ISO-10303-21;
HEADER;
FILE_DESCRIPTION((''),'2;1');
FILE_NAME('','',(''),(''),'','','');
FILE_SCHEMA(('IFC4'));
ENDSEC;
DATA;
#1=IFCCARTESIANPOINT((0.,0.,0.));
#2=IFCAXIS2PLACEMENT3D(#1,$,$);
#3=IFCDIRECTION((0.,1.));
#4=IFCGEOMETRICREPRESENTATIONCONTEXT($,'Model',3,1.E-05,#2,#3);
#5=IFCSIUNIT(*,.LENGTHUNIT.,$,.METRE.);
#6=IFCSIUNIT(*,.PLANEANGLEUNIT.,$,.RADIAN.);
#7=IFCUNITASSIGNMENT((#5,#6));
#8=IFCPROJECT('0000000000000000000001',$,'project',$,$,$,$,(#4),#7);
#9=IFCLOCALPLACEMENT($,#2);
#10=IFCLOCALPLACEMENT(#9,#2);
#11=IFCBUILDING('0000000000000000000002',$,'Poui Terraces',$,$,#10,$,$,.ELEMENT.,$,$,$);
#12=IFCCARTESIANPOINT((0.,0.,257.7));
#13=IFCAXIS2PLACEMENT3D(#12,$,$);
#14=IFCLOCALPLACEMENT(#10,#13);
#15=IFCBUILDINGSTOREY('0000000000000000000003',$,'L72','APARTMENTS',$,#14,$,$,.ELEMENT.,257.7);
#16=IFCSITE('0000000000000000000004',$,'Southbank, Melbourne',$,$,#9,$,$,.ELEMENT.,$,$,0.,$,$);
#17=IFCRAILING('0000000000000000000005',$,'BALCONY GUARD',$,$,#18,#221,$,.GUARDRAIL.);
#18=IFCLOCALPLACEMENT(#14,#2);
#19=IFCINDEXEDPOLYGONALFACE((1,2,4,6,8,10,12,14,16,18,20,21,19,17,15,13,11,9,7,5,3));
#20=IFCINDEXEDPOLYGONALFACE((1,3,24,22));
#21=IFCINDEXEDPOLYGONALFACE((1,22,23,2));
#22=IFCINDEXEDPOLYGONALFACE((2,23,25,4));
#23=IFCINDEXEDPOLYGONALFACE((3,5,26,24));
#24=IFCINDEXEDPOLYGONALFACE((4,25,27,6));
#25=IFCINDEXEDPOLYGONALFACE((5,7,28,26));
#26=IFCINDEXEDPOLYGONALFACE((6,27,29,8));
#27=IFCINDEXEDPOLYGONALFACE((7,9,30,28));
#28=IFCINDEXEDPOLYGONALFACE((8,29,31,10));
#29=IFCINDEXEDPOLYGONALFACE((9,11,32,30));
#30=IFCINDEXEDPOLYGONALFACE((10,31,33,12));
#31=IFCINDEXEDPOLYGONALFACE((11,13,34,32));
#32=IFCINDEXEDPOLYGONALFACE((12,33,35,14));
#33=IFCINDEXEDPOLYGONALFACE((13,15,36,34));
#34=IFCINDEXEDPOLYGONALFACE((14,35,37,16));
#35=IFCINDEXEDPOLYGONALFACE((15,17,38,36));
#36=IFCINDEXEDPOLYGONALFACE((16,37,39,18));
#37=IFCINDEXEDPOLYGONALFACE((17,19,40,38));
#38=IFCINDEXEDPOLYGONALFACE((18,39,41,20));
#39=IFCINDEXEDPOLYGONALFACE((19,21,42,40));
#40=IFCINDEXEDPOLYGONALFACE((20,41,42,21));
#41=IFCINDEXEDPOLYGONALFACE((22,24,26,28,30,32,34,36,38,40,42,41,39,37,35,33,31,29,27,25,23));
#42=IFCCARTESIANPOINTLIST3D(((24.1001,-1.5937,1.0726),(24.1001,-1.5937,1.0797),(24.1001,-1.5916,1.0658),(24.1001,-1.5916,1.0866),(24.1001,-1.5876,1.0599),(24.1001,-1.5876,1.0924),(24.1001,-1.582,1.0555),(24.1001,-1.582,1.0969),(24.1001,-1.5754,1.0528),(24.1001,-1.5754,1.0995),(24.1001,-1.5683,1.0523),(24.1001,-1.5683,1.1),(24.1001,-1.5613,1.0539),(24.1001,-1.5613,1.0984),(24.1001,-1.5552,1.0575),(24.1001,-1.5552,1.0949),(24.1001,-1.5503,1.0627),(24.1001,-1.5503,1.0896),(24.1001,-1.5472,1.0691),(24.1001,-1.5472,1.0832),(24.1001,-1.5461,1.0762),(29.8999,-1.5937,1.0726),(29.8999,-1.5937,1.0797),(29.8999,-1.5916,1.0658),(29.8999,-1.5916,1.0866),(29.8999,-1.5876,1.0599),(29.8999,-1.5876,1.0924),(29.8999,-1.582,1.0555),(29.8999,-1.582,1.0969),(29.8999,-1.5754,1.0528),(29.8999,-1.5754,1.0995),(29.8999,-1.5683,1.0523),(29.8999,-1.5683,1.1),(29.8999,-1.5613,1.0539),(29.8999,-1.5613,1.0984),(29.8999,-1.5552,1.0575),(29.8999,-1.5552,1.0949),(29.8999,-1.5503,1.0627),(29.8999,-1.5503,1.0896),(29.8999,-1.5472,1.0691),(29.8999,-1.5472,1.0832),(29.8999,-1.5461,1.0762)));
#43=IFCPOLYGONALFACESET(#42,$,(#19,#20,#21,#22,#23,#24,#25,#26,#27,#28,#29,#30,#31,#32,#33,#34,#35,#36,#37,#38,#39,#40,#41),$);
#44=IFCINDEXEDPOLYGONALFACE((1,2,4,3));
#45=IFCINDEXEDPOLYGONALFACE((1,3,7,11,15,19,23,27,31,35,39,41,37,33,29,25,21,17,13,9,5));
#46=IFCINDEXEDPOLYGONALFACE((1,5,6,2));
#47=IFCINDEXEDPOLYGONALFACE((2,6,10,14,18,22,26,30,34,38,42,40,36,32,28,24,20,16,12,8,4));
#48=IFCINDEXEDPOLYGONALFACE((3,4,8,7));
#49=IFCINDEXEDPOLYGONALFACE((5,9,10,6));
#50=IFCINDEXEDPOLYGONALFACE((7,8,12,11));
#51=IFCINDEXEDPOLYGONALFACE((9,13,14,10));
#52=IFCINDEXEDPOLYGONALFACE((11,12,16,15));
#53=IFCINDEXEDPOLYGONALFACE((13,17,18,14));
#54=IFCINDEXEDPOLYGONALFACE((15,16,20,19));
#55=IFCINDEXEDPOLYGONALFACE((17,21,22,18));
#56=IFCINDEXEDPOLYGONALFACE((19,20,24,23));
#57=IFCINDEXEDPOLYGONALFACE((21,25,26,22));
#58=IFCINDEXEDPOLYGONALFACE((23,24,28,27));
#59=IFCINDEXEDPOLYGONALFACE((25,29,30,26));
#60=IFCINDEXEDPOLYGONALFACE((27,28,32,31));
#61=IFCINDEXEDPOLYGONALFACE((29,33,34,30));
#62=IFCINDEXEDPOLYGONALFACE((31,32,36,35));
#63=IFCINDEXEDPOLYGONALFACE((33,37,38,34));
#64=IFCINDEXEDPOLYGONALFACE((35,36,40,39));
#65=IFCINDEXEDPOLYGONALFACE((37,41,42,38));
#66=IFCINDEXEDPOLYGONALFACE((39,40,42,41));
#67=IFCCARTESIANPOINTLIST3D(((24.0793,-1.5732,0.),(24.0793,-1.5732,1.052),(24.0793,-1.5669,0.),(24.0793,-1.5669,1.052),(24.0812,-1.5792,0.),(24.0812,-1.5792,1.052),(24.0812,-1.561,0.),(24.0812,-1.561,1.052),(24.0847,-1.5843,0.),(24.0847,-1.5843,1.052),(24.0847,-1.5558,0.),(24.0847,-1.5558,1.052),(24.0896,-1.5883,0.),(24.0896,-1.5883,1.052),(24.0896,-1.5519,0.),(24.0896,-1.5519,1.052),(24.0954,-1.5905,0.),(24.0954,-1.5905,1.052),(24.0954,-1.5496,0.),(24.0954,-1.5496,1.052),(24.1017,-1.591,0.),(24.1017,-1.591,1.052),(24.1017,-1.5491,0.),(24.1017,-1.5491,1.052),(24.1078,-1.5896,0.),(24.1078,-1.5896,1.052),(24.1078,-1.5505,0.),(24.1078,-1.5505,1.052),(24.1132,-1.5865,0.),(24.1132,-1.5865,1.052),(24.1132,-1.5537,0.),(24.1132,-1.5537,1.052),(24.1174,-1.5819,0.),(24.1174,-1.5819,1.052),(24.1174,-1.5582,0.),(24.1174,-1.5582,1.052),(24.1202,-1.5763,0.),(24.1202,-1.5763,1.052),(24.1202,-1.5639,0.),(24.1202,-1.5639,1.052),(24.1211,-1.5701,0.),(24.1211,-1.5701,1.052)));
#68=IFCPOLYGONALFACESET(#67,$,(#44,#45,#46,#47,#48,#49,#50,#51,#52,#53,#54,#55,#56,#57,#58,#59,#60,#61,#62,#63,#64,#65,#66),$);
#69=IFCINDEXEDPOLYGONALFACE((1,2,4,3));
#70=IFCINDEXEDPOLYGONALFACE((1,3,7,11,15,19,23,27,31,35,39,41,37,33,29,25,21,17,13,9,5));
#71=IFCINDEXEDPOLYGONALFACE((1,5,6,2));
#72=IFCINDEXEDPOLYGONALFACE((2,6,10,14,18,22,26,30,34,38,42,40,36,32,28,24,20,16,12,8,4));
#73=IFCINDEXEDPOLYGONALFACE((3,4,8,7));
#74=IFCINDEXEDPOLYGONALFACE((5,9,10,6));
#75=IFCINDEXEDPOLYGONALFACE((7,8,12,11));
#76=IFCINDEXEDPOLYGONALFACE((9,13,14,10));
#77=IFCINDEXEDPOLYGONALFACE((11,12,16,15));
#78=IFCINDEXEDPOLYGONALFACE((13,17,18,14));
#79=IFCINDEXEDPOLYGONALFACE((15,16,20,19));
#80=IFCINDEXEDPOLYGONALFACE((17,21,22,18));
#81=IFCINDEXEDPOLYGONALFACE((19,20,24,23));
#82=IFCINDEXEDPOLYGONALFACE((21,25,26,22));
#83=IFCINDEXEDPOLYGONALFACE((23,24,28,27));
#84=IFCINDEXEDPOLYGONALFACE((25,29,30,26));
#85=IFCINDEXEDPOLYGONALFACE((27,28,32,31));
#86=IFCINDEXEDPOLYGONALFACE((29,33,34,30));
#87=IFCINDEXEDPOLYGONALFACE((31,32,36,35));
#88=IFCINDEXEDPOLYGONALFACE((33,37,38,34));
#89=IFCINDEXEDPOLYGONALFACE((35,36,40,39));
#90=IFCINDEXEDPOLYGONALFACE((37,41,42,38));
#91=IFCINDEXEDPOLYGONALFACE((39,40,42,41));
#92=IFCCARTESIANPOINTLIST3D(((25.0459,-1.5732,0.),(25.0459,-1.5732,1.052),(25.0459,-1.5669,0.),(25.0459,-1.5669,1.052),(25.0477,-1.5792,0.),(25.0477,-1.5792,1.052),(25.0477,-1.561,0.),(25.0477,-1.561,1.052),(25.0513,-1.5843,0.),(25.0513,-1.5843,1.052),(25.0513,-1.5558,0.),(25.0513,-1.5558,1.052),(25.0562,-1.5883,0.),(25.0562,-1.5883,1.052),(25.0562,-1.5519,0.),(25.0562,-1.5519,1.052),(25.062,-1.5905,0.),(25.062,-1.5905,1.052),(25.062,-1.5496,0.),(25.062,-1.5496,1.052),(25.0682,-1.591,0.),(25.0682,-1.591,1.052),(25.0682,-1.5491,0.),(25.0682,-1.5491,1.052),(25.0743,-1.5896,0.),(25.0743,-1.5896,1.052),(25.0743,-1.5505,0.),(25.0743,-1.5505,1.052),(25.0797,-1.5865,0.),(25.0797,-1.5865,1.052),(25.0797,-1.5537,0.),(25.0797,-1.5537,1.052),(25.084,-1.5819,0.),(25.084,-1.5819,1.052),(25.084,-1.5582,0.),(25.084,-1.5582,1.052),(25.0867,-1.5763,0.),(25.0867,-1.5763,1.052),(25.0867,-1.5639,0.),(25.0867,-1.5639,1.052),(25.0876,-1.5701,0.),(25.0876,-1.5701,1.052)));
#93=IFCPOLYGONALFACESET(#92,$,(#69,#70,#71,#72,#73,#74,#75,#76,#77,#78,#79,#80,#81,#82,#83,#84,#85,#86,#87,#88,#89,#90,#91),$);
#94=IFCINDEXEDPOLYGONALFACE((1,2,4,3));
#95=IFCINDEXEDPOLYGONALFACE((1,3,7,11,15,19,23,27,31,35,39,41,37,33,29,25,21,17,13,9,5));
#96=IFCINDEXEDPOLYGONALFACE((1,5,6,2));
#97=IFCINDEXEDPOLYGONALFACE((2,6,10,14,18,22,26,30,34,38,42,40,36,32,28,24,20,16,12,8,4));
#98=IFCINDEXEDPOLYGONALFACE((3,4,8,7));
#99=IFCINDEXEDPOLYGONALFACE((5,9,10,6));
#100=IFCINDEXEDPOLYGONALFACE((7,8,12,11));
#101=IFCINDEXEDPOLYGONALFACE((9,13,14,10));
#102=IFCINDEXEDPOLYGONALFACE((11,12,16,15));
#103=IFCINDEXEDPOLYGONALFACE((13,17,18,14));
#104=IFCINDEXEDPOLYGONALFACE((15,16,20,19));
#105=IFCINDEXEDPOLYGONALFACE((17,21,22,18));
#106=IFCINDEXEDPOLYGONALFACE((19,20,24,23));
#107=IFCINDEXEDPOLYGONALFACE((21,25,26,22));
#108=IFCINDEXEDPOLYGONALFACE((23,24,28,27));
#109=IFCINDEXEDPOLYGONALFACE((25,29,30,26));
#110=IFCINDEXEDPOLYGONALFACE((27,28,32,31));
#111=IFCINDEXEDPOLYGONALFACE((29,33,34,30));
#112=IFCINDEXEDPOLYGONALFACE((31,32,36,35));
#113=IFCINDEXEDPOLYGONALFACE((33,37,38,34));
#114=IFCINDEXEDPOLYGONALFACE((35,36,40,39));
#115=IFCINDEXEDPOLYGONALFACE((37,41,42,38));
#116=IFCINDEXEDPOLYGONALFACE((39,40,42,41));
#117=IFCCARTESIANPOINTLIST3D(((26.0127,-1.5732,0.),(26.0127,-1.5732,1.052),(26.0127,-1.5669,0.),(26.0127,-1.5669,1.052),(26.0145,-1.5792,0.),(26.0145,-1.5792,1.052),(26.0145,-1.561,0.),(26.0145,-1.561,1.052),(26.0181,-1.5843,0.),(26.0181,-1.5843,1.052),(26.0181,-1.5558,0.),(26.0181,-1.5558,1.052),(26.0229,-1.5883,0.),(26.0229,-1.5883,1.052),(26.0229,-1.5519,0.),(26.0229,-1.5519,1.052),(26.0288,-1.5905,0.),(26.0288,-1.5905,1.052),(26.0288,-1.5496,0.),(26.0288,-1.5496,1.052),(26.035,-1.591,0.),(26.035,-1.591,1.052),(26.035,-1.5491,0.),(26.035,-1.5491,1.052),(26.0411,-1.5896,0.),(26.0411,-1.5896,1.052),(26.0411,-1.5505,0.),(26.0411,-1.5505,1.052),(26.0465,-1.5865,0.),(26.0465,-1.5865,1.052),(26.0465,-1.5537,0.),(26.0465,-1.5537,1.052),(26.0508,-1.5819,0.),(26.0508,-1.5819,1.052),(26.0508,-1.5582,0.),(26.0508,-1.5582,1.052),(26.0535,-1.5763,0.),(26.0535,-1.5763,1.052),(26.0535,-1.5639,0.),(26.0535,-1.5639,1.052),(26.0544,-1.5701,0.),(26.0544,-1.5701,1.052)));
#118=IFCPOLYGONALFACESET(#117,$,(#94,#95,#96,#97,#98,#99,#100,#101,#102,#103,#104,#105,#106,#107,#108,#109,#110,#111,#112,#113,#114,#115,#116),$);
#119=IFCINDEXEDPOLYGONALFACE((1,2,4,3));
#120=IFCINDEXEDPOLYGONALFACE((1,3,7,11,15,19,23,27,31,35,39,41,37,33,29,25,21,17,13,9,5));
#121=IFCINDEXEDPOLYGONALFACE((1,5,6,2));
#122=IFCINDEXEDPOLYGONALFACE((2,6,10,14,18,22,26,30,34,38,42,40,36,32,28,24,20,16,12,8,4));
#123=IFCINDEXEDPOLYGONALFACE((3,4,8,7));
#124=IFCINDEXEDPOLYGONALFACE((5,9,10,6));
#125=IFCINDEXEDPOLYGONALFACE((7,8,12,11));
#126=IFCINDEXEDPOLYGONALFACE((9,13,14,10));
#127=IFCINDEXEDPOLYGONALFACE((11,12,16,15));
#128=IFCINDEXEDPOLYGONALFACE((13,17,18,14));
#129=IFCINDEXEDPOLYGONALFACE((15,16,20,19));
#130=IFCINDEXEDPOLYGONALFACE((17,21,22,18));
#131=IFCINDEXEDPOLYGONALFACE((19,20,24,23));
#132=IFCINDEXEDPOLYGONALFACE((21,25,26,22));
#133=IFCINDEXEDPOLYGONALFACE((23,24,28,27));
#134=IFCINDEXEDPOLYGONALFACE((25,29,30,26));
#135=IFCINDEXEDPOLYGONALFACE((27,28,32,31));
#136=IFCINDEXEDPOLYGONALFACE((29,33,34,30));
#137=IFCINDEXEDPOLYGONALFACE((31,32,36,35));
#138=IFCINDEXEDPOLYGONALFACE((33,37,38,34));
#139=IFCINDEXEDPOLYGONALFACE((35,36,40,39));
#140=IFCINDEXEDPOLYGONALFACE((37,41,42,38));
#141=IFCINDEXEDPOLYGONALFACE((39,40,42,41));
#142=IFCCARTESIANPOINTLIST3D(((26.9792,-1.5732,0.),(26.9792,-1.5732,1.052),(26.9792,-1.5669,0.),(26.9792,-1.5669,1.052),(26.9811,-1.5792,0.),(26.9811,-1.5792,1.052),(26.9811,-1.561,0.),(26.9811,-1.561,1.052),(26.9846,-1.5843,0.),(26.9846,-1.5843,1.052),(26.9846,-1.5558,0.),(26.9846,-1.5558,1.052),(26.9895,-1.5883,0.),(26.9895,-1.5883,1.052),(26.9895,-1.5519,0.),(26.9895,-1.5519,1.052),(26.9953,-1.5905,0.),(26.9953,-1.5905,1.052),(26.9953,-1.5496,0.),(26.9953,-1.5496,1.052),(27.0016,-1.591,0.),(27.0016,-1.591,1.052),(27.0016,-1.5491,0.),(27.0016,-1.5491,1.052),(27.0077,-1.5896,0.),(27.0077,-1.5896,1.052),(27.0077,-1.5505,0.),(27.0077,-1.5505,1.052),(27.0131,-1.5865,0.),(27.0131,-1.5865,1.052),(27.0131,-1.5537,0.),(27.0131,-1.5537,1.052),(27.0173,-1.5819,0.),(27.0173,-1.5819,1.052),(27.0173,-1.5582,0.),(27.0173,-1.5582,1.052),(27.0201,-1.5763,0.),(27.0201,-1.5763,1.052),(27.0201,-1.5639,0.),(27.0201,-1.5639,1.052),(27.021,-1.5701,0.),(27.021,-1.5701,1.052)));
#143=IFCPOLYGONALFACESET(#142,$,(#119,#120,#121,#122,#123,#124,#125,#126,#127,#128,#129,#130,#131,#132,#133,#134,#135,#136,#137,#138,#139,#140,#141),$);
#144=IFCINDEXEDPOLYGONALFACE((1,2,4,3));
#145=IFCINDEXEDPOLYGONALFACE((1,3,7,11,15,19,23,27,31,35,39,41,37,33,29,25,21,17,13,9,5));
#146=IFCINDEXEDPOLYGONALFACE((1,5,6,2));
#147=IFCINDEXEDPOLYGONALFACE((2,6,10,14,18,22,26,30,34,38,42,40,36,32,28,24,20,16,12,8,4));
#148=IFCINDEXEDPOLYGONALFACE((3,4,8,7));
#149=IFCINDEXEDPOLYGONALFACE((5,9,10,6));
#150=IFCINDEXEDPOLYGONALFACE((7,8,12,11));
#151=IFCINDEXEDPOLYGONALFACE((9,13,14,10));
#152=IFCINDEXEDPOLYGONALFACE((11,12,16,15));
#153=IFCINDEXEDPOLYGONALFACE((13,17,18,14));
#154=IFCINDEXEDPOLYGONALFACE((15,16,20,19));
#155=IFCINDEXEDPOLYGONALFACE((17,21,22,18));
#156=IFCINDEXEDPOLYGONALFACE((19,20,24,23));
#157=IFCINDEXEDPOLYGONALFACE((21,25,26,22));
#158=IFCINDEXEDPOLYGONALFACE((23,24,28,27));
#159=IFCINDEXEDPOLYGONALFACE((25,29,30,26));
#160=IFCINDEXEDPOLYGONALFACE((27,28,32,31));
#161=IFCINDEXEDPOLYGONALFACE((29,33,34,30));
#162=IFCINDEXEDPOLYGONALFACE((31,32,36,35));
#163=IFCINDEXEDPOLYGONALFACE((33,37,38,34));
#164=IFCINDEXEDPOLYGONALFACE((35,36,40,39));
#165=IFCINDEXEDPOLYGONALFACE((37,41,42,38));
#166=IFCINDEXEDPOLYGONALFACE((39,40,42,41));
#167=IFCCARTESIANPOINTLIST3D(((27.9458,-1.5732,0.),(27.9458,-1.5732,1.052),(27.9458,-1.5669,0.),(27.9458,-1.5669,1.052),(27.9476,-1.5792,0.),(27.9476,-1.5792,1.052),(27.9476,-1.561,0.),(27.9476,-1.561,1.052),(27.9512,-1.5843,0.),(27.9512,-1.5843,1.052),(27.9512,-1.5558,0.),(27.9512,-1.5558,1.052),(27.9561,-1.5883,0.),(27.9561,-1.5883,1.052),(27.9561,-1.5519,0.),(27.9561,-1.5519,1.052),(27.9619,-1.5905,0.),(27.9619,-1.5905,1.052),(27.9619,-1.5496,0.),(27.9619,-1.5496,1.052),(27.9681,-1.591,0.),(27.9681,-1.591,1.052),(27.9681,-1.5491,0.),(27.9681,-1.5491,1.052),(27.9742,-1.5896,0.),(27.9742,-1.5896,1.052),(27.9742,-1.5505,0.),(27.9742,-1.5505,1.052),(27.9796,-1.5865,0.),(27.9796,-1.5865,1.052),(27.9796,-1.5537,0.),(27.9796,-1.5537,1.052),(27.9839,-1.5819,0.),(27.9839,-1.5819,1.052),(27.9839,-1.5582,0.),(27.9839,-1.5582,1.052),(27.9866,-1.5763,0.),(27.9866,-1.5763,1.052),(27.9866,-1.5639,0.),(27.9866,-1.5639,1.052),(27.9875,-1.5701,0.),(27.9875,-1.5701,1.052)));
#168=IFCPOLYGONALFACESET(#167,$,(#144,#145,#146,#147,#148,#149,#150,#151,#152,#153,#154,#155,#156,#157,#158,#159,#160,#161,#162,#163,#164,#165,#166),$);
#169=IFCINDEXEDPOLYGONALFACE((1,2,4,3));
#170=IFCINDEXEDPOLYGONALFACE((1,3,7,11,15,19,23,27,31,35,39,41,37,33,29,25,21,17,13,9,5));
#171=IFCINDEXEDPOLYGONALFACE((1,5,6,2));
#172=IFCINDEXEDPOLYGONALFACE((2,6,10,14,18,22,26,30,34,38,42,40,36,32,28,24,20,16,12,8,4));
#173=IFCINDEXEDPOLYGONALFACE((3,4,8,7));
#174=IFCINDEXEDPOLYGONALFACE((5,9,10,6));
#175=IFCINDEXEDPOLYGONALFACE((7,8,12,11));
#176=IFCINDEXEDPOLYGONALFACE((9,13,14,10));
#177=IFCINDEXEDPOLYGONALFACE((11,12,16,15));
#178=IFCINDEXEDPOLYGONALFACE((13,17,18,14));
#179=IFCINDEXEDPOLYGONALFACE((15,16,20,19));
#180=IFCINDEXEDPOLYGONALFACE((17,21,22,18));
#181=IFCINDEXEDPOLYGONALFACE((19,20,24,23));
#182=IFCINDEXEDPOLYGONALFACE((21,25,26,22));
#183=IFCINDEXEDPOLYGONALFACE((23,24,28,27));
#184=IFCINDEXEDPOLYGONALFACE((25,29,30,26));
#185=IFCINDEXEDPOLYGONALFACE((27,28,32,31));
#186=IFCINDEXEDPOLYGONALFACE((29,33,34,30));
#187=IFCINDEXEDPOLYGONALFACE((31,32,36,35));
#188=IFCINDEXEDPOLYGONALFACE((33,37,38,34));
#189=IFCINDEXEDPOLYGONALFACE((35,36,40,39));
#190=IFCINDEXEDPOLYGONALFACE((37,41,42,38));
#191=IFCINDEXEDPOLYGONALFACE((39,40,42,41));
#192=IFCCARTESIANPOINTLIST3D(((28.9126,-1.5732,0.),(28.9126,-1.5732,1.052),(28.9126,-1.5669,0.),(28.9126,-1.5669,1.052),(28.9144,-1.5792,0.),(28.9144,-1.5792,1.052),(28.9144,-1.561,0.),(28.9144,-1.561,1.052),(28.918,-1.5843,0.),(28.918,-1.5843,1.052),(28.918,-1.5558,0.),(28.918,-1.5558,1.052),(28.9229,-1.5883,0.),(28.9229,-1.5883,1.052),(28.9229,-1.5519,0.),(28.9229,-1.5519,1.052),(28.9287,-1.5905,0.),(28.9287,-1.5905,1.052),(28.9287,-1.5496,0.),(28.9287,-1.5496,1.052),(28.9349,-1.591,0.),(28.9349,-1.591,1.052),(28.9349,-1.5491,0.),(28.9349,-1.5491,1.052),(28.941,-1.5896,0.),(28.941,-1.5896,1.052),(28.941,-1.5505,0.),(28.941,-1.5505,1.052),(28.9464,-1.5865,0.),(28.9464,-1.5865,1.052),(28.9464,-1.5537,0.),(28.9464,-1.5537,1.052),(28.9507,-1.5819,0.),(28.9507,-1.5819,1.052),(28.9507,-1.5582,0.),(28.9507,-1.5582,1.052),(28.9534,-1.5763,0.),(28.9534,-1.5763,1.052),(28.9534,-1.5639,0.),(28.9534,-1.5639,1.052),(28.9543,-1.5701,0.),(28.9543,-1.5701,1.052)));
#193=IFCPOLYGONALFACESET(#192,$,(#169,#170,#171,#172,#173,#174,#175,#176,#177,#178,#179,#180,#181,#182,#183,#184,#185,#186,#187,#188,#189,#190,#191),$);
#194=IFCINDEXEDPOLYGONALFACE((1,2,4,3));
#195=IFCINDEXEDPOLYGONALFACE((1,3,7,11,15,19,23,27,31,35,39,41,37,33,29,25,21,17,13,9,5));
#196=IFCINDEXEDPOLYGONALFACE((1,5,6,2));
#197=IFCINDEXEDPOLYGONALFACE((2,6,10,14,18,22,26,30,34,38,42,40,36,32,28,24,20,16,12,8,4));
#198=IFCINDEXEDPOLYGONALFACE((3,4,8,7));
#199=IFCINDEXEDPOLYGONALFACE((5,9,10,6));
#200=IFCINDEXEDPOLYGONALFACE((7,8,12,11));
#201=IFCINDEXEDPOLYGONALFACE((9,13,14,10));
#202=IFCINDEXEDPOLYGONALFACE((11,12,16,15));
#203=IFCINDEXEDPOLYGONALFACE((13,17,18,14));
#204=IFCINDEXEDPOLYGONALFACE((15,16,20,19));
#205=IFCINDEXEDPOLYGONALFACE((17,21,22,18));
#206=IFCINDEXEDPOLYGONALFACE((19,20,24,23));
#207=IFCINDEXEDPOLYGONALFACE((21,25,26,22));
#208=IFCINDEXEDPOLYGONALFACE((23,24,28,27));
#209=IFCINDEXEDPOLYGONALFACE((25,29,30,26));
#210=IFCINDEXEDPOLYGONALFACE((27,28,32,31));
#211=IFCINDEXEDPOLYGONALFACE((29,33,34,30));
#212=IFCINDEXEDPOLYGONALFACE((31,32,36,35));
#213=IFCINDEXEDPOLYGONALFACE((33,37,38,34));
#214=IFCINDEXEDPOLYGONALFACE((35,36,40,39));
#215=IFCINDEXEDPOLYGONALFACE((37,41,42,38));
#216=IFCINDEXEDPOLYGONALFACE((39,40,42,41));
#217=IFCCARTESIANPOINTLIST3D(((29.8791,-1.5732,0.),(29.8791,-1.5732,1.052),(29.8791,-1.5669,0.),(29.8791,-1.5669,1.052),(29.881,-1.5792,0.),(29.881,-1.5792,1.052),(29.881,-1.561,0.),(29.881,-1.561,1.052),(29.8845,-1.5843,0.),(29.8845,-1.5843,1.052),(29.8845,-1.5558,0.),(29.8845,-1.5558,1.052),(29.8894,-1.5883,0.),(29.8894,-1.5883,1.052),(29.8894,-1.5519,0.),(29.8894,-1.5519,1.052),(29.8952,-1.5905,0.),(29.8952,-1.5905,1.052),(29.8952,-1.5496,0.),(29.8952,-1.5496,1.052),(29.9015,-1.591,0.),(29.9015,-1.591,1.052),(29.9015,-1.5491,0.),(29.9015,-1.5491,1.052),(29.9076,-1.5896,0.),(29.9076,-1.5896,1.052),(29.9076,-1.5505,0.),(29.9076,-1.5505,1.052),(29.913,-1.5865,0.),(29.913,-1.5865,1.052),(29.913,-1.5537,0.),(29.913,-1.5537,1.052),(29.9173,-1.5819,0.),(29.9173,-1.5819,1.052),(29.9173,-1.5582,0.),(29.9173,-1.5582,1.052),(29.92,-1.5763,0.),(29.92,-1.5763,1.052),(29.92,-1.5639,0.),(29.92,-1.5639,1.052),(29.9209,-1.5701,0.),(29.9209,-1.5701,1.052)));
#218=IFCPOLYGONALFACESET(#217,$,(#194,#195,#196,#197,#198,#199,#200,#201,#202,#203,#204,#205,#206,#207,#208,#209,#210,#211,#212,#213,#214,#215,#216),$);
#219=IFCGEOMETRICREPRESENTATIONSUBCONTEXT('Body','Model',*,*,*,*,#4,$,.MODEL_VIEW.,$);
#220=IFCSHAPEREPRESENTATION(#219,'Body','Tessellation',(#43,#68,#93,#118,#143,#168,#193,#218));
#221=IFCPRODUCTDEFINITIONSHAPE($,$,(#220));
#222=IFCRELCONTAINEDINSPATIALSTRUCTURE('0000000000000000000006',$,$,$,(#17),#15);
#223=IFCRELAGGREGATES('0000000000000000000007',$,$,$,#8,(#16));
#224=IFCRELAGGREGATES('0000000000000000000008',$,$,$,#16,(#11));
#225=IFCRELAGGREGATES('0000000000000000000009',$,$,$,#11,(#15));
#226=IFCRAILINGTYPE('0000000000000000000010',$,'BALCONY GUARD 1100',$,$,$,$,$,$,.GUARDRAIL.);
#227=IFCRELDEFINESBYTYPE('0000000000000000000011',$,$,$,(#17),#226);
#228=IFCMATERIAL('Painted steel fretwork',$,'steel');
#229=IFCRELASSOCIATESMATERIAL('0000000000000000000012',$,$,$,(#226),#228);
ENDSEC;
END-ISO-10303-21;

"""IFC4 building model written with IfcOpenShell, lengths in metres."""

from ifc_helpers import new_model, si_unit, direction, frame, origin, origin_2d, place, context, subcontext, project, spatial, circle, extrude, material, type_object, element, save


model = new_model("IFC4")

# Units and contexts
model_context = context("Model", 3, precision=1e-05, world=origin(), true_north=direction((0.0, 1.0)))
body_context = subcontext(model_context, "Body", "Model", "MODEL_VIEW")
ifc_project = project(units=[si_unit("LENGTHUNIT", "METRE"), si_unit("PLANEANGLEUNIT", "RADIAN")], contexts=[model_context])

# Site, building, storey
site_placement = place(None, origin())
site = spatial("IfcSite", under=ifc_project, at=site_placement, Name="Southbank, Melbourne", CompositionType="ELEMENT", RefElevation=0.0)
building_placement = place(site_placement, origin())
building = spatial("IfcBuilding", under=site, at=building_placement, Name="Poui Terraces", CompositionType="ELEMENT")
storey_placement = place(building_placement, frame((0.0, 0.0, 257.7)))
storey = spatial("IfcBuildingStorey", under=building, at=storey_placement, Name="L72", Description="APARTMENTS", CompositionType="ELEMENT", Elevation=257.7)

# Railing
ifc_material_1 = material(Name="Painted steel fretwork", Category="steel")
railing_type = type_object("IfcRailingType", Name="BALCONY GUARD 1100", PredefinedType="GUARDRAIL", material=ifc_material_1)
railing_placement = place(storey_placement, frame((24.1001, -1.5701, 0.0)))
element("IfcRailing", 1, at=railing_placement, inside=storey, type_object=railing_type, Name="BALCONY GUARD", PredefinedType="GUARDRAIL", context=body_context, shape_type="SweptSolid", body=[
    extrude(circle(Radius=0.0239, at=origin_2d()), frame((0.0, 0.0, 1.0762), z_axis=(1.0, 0.0, 0.0), x_axis=(0.0, 1.0, 0.0)), (0.0, 0.0, 1.0), 5.7998),
    extrude(circle(Radius=0.021, at=origin_2d()), origin(), (0.0, 0.0, 1.0), 1.052),
    extrude(circle(Radius=0.021, at=origin_2d()), frame((0.9666, 0.0, 0.0)), (0.0, 0.0, 1.0), 1.052),
    extrude(circle(Radius=0.021, at=origin_2d()), frame((1.9333, 0.0, 0.0)), (0.0, 0.0, 1.0), 1.052),
    extrude(circle(Radius=0.021, at=origin_2d()), frame((2.8999, 0.0, 0.0)), (0.0, 0.0, 1.0), 1.052),
    extrude(circle(Radius=0.021, at=origin_2d()), frame((3.8665, 0.0, 0.0)), (0.0, 0.0, 1.0), 1.052),
    extrude(circle(Radius=0.021, at=origin_2d()), frame((4.8333, 0.0, 0.0)), (0.0, 0.0, 1.0), 1.052),
    extrude(circle(Radius=0.021, at=origin_2d()), frame((5.7998, 0.0, 0.0)), (0.0, 0.0, 1.0), 1.052),
])

save(model, "model.ifc")
